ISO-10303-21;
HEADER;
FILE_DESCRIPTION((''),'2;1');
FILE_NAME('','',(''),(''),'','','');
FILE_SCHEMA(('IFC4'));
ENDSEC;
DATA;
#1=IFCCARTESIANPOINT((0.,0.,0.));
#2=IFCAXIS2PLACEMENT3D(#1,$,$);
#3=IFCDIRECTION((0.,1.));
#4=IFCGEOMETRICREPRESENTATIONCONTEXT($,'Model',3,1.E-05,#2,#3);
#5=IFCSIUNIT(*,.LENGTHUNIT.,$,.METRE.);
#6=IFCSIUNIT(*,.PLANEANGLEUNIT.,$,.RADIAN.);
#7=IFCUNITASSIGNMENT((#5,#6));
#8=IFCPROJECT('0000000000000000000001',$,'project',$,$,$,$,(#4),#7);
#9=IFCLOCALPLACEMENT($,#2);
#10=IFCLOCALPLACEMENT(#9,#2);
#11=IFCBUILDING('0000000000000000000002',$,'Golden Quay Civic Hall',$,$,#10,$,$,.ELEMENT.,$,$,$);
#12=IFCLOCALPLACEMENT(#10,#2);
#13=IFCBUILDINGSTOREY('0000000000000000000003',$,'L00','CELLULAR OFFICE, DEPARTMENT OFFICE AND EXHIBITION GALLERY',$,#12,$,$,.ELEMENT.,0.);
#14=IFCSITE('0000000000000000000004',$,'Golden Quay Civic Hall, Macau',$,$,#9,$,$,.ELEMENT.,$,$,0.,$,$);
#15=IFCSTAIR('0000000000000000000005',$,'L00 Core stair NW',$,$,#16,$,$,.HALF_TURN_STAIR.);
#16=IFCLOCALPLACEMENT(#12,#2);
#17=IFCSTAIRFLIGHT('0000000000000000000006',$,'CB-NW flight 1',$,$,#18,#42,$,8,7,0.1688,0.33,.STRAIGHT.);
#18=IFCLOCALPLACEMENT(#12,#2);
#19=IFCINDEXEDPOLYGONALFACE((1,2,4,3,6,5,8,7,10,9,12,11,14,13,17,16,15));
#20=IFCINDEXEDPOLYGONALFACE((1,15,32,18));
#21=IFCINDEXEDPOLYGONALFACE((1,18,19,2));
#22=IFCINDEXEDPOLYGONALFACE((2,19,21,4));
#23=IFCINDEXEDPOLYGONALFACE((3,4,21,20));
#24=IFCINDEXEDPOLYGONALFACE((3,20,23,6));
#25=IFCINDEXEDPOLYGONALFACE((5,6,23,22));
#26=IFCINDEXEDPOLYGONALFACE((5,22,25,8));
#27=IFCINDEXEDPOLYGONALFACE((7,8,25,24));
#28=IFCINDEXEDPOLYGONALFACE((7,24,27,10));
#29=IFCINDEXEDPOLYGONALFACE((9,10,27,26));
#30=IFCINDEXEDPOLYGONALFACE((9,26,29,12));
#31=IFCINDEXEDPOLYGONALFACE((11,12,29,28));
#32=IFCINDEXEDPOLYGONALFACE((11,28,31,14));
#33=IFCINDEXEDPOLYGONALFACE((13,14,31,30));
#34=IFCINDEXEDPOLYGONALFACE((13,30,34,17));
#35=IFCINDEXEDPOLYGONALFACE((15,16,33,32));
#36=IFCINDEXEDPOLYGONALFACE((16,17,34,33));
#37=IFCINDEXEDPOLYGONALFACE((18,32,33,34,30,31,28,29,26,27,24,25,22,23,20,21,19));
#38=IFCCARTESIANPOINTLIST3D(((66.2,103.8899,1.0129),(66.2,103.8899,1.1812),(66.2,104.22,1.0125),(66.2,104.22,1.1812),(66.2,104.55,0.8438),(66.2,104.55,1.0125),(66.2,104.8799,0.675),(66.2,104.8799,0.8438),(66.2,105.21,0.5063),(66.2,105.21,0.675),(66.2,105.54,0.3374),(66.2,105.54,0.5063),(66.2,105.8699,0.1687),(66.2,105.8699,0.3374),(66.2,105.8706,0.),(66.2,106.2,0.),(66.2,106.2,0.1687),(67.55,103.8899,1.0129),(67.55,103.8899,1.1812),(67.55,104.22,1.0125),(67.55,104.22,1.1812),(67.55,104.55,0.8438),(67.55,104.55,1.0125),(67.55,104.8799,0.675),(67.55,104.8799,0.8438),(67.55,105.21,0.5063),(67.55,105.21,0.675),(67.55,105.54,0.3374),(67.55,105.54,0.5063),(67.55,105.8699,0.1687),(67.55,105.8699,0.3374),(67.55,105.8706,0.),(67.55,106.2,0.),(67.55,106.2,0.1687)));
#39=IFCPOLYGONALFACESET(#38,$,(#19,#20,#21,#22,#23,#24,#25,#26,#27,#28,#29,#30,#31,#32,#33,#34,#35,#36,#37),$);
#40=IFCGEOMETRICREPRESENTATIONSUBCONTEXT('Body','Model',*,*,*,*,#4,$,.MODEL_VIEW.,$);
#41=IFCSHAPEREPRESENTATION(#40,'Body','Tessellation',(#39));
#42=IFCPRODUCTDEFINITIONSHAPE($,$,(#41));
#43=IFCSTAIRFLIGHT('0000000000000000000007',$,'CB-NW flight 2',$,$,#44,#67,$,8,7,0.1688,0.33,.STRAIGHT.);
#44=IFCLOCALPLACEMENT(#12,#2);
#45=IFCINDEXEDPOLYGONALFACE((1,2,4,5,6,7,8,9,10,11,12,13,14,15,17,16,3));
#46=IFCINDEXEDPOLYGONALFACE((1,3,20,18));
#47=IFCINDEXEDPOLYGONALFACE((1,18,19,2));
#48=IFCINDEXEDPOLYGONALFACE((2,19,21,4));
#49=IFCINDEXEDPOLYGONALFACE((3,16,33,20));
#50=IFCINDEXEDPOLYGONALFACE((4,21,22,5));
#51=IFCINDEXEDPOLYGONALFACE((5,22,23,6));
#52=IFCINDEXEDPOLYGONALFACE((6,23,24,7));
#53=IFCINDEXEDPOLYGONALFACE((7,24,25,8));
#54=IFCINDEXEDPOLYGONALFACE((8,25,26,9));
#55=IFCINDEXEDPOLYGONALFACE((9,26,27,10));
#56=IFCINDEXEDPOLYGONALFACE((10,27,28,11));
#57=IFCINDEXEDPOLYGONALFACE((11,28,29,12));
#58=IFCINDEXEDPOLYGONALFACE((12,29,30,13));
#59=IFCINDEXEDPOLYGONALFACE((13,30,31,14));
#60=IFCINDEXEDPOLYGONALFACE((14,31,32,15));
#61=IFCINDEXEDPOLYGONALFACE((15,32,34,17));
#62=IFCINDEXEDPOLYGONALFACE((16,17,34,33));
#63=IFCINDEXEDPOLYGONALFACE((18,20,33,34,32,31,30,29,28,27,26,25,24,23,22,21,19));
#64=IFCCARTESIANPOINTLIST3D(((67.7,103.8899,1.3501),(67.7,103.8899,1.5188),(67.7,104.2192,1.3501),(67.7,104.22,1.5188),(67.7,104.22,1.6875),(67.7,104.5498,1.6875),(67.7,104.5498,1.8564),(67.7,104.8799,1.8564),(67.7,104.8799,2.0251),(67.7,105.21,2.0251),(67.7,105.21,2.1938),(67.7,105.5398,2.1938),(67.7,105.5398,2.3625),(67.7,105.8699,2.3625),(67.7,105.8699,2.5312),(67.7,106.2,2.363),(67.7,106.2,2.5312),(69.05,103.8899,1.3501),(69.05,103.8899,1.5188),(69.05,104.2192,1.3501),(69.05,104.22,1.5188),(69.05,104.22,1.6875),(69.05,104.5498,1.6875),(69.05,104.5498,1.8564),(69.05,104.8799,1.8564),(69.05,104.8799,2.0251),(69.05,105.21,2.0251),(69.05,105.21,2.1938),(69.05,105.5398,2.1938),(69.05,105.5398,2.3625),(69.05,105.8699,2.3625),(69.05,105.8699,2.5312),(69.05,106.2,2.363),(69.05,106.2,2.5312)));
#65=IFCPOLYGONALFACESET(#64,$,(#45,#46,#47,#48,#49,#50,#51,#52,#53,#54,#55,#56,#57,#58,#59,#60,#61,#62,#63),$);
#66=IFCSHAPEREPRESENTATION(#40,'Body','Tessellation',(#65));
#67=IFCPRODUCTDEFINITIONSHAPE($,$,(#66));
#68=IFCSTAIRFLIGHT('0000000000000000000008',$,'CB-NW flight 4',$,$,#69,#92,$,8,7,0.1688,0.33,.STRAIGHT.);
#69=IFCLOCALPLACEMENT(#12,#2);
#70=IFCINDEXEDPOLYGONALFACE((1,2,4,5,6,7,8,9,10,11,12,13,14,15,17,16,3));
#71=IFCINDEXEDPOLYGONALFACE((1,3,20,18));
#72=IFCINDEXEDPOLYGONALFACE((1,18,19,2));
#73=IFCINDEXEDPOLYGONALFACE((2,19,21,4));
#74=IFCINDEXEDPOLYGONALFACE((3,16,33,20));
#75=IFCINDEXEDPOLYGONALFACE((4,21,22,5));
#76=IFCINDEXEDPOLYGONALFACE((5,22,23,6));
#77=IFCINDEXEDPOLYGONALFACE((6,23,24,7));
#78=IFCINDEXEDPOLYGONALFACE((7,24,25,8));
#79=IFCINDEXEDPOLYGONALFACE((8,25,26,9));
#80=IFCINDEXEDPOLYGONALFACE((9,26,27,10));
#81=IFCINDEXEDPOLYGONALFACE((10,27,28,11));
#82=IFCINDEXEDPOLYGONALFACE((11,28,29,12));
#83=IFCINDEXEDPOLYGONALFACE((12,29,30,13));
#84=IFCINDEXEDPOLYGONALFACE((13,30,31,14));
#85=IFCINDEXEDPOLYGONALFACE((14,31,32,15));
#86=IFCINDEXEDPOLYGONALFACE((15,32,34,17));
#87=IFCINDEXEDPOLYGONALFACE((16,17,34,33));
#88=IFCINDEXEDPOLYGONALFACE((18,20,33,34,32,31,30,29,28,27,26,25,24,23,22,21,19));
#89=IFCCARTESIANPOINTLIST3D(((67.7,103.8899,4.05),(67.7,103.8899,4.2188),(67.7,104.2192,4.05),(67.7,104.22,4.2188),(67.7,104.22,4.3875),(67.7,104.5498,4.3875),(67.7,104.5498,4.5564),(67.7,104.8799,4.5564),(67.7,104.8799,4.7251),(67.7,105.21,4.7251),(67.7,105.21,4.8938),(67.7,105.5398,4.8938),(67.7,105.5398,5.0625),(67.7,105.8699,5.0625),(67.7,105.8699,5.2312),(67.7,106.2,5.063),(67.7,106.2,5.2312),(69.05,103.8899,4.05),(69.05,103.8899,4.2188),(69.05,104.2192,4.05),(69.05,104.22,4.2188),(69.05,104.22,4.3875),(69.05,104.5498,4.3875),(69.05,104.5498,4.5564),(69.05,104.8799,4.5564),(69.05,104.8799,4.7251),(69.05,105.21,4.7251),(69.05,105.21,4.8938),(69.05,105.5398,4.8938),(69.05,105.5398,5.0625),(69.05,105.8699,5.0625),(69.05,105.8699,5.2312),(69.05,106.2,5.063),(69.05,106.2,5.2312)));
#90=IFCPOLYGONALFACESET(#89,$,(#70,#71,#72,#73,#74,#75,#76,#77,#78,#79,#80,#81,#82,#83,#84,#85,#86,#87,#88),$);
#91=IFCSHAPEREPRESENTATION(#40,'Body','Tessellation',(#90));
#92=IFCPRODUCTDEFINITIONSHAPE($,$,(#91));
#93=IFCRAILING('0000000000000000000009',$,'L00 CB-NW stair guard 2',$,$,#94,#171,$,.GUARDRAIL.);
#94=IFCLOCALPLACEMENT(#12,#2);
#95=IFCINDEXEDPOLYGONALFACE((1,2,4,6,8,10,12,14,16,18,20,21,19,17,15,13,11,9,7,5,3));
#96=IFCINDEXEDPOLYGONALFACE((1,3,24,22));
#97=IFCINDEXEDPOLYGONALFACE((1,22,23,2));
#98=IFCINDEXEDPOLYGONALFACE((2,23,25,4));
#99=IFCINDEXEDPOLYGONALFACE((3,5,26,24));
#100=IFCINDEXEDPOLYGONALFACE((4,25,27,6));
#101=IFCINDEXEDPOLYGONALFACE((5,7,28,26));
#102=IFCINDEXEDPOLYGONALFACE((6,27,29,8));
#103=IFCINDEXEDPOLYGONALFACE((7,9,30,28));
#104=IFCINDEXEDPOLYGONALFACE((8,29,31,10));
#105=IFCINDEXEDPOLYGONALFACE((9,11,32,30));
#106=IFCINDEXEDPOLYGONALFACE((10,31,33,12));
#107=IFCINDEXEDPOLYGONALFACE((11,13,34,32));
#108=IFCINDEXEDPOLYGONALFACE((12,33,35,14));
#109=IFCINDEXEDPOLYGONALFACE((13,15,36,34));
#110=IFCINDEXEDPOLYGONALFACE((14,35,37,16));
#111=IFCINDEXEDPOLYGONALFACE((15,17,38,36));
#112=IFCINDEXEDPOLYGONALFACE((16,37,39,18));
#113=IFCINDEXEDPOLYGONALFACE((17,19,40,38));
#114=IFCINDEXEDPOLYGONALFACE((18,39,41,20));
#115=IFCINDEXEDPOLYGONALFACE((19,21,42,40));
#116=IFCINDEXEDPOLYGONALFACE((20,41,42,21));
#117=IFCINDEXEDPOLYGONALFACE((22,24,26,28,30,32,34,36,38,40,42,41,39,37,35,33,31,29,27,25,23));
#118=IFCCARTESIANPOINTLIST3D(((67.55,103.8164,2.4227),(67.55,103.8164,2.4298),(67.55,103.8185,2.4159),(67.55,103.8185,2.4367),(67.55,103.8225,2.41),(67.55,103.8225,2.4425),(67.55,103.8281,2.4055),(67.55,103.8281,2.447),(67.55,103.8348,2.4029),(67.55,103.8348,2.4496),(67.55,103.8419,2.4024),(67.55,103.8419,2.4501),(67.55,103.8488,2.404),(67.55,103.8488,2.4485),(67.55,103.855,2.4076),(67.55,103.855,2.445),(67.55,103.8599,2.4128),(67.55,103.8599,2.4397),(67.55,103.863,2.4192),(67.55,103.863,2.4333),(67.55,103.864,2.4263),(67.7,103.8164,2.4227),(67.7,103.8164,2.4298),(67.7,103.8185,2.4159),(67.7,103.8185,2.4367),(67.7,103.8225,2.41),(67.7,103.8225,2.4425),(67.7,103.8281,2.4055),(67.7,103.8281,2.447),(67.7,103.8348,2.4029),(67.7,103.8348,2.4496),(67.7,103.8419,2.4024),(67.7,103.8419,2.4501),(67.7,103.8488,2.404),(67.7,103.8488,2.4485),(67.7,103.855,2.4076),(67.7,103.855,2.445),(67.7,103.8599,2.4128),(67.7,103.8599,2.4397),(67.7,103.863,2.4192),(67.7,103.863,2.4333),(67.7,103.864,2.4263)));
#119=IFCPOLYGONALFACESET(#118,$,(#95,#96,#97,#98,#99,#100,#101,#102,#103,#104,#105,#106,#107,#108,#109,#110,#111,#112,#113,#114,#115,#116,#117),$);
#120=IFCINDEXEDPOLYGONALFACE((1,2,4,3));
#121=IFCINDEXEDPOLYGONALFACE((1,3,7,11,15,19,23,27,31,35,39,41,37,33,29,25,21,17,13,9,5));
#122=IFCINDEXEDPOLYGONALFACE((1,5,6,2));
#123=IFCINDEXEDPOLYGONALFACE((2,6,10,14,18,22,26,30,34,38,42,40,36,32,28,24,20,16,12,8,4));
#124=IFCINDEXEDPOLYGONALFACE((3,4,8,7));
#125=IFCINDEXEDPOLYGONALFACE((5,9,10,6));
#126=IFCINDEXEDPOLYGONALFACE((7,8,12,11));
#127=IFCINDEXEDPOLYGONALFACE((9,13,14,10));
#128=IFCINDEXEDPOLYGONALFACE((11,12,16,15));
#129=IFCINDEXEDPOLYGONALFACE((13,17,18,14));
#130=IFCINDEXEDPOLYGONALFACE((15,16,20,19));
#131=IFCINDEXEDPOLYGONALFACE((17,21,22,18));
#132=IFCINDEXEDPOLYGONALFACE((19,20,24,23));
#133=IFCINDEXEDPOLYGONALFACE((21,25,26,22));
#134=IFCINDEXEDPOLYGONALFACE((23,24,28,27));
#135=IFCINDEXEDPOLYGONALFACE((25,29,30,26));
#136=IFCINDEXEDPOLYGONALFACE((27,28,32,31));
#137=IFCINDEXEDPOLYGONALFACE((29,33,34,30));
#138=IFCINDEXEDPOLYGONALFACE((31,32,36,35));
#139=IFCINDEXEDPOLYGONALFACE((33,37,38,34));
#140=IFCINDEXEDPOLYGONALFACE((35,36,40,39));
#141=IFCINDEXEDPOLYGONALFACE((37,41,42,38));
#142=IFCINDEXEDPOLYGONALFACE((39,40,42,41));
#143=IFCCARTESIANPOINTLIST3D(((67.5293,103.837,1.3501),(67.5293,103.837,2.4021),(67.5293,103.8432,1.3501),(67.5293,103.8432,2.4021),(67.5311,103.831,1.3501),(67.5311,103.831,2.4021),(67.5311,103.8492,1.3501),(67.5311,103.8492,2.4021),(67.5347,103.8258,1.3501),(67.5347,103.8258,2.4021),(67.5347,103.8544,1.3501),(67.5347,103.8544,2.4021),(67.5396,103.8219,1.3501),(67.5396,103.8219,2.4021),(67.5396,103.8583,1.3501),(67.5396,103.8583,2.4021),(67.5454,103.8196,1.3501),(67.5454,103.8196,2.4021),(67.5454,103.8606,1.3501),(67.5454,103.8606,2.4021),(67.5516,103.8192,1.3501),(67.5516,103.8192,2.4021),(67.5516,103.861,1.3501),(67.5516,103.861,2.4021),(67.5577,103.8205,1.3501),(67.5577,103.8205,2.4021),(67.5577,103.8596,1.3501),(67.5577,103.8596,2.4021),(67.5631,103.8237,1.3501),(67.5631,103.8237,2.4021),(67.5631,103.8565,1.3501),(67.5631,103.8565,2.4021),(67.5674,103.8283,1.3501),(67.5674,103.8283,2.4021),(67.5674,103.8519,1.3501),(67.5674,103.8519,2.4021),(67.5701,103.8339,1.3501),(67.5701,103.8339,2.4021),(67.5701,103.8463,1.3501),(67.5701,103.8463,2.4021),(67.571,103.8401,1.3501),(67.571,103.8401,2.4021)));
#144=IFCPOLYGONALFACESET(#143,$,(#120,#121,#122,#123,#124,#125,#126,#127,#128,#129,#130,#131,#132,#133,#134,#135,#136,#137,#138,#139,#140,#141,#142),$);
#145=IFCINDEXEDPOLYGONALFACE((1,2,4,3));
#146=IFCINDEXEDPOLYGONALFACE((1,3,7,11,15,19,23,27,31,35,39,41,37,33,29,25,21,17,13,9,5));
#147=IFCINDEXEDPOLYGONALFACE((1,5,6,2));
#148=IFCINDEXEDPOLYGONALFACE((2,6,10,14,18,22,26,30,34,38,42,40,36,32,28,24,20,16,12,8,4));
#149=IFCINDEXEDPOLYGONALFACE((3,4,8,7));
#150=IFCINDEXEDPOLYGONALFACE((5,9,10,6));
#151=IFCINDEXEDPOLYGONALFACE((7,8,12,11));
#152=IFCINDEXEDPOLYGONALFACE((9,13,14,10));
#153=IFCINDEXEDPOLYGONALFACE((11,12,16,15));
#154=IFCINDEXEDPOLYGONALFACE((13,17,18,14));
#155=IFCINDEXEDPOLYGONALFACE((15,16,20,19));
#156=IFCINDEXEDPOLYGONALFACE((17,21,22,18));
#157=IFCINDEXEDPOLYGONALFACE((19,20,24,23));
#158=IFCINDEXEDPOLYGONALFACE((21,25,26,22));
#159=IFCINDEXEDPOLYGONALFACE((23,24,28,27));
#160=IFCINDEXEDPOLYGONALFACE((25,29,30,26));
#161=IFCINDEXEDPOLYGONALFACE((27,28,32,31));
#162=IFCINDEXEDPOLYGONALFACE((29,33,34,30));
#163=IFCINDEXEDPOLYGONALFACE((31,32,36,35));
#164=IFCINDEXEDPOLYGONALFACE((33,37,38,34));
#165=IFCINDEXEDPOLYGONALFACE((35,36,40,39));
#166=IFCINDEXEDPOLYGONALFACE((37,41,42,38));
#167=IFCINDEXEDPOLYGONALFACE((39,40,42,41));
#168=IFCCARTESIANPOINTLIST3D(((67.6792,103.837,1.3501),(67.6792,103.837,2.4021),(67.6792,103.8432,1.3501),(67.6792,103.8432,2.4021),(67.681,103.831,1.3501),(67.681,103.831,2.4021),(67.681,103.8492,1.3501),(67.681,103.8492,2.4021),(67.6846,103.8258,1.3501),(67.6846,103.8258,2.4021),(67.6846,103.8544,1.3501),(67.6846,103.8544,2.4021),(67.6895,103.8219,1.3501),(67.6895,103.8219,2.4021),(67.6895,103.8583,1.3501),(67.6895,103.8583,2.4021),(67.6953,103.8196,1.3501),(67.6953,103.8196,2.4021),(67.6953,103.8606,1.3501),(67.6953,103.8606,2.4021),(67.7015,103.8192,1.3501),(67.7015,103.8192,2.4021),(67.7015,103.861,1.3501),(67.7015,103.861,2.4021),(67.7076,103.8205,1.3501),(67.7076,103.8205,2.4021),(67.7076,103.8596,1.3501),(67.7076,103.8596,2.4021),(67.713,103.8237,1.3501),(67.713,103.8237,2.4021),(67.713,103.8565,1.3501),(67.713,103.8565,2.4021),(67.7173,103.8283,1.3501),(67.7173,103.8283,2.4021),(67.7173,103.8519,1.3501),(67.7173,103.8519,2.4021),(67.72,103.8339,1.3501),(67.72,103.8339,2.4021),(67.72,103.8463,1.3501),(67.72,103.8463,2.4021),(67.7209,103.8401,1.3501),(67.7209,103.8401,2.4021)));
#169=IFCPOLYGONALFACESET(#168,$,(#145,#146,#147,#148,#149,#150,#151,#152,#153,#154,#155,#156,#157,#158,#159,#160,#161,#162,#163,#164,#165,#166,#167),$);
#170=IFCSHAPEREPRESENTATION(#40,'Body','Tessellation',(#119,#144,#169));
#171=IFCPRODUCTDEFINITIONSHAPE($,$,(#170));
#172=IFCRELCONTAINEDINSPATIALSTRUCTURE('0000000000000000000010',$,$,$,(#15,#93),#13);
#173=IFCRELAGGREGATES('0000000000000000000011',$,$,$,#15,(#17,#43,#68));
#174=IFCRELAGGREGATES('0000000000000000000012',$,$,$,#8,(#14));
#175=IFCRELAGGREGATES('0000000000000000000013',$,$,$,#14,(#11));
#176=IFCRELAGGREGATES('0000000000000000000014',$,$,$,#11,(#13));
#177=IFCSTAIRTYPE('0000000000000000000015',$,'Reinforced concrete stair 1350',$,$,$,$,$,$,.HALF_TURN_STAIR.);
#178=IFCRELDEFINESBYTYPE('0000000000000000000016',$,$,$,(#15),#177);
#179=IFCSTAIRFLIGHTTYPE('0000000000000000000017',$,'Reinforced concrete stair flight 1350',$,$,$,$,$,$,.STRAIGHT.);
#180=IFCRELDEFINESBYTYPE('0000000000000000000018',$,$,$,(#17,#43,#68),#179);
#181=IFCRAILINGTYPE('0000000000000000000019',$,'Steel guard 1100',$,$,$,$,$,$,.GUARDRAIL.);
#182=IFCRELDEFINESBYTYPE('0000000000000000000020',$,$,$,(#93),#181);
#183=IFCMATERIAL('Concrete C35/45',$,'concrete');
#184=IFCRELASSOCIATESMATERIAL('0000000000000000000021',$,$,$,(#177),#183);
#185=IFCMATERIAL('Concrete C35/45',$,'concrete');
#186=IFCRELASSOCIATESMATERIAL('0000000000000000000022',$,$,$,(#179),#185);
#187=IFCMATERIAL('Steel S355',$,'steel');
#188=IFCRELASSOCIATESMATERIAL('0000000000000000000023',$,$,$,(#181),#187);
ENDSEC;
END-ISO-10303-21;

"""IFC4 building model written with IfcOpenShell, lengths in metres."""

from ifc_helpers import new_model, si_unit, direction, frame, origin, origin_2d, place, context, subcontext, project, spatial, polyline, circle, outline, extrude, material, type_object, element, aggregate, save


model = new_model("IFC4")

# Units and contexts
model_context = context("Model", 3, precision=1e-05, world=origin(), true_north=direction((0.0, 1.0)))
body_context = subcontext(model_context, "Body", "Model", "MODEL_VIEW")
ifc_project = project(units=[si_unit("LENGTHUNIT", "METRE"), si_unit("PLANEANGLEUNIT", "RADIAN")], contexts=[model_context])

# Site, building, storey
site_placement = place(None, origin())
site = spatial("IfcSite", under=ifc_project, at=site_placement, Name="Golden Quay Civic Hall, Macau", CompositionType="ELEMENT", RefElevation=0.0)
building_placement = place(site_placement, origin())
building = spatial("IfcBuilding", under=site, at=building_placement, Name="Golden Quay Civic Hall", CompositionType="ELEMENT")
storey_placement = place(building_placement, origin())
storey = spatial("IfcBuildingStorey", under=building, at=storey_placement, Name="L00", Description="CELLULAR OFFICE, DEPARTMENT OFFICE AND EXHIBITION GALLERY", CompositionType="ELEMENT", Elevation=0.0)

# Stair, stair flights
ifc_material_1 = material(Name="Concrete C35/45", Category="concrete")
stair_type = type_object("IfcStairType", Name="Reinforced concrete stair 1350", PredefinedType="HALF_TURN_STAIR", material=ifc_material_1)
stair_placement = place(storey_placement, origin())
stair = element("IfcStair", 1, at=stair_placement, inside=storey, type_object=stair_type, Name="L00 Core stair NW", PredefinedType="HALF_TURN_STAIR")
ifc_material_2 = material(Name="Concrete C35/45", Category="concrete")
stair_flight_type = type_object("IfcStairFlightType", Name="Reinforced concrete stair flight 1350", PredefinedType="STRAIGHT", material=ifc_material_2)
stair_flight_1_placement = place(storey_placement, frame((66.875, 106.2, 0.0), z_axis=(0.0, 0.0, 1.0), x_axis=(0.0, -1.0, 0.0)))
stair_flight_1 = element("IfcStairFlight", 2, at=stair_flight_1_placement, type_object=stair_flight_type, Name="CB-NW flight 1", NumberOfRisers=8, NumberOfTreads=7, PredefinedType="STRAIGHT", RiserHeight=0.1688, TreadLength=0.33, context=body_context, shape_type="SweptSolid", body=[
    extrude(outline(polyline([(0.0, 0.0), (0.0, 0.1687), (0.3301, 0.1687), (0.3301, 0.3374), (0.6599, 0.3374), (0.6599, 0.5063), (0.99, 0.5063), (0.99, 0.675), (1.3201, 0.675), (1.3201, 0.8438), (1.6499, 0.8438), (1.6499, 1.0125), (1.98, 1.0125), (1.98, 1.1812), (2.3101, 1.1812), (2.3101, 1.3501), (2.3101, 1.0129), (0.3293, 0.0), (0.0, 0.0)])), frame((0.0, 0.675, 0.0), z_axis=(0.0, -1.0, 0.0), x_axis=(1.0, 0.0, 0.0)), (0.0, 0.0, 1.0), 1.35),
])
stair_flight_2_placement = place(storey_placement, frame((68.375, 103.8899, 1.3501), z_axis=(0.0, 0.0, 1.0), x_axis=(0.0, 1.0, 0.0)))
stair_flight_2 = element("IfcStairFlight", 3, at=stair_flight_2_placement, type_object=stair_flight_type, Name="CB-NW flight 2", NumberOfRisers=8, NumberOfTreads=7, PredefinedType="STRAIGHT", RiserHeight=0.1688, TreadLength=0.33, context=body_context, shape_type="SweptSolid", body=[
    extrude(outline(polyline([(0.0, 0.0), (0.0, 0.1687), (0.3301, 0.1687), (0.3301, 0.3374), (0.6599, 0.3374), (0.6599, 0.5063), (0.99, 0.5063), (0.99, 0.675), (1.3201, 0.675), (1.3201, 0.8438), (1.6499, 0.8438), (1.6499, 1.0125), (1.98, 1.0125), (1.98, 1.1812), (2.3101, 1.1812), (2.3101, 1.3501), (2.3101, 1.0129), (0.3293, 0.0), (0.0, 0.0)])), frame((0.0, 0.675, 0.0), z_axis=(0.0, -1.0, 0.0), x_axis=(1.0, 0.0, 0.0)), (0.0, 0.0, 1.0), 1.35),
])
stair_flight_3_placement = place(storey_placement, frame((68.375, 103.8899, 4.05), z_axis=(0.0, 0.0, 1.0), x_axis=(0.0, 1.0, 0.0)))
stair_flight_3 = element("IfcStairFlight", 4, at=stair_flight_3_placement, type_object=stair_flight_type, Name="CB-NW flight 4", NumberOfRisers=8, NumberOfTreads=7, PredefinedType="STRAIGHT", RiserHeight=0.1688, TreadLength=0.33, context=body_context, shape_type="SweptSolid", body=[
    extrude(outline(polyline([(0.0, 0.0), (0.0, 0.1687), (0.3301, 0.1687), (0.3301, 0.3374), (0.6599, 0.3374), (0.6599, 0.5063), (0.99, 0.5063), (0.99, 0.675), (1.3201, 0.675), (1.3201, 0.8438), (1.6499, 0.8438), (1.6499, 1.0125), (1.98, 1.0125), (1.98, 1.1812), (2.3101, 1.1812), (2.3101, 1.3501), (2.3101, 1.0129), (0.3293, 0.0), (0.0, 0.0)])), frame((0.0, 0.675, 0.0), z_axis=(0.0, -1.0, 0.0), x_axis=(1.0, 0.0, 0.0)), (0.0, 0.0, 1.0), 1.35),
])
aggregate(stair, [stair_flight_1, stair_flight_2, stair_flight_3])

# Railing
ifc_material_3 = material(Name="Steel S355", Category="steel")
railing_type_1 = type_object("IfcRailingType", Name="Steel guard 1100", PredefinedType="GUARDRAIL", material=ifc_material_3)
railing_1_placement = place(storey_placement, frame((67.55, 103.8401, 1.3501)))
element("IfcRailing", 5, at=railing_1_placement, inside=storey, type_object=railing_type_1, Name="L00 CB-NW stair guard 2", PredefinedType="GUARDRAIL", context=body_context, shape_type="SweptSolid", body=[
    extrude(circle(Radius=0.0239, at=origin_2d()), frame((0.0, 0.0, 1.0762), z_axis=(1.0, 0.0, 0.0), x_axis=(0.0, 1.0, 0.0)), (0.0, 0.0, 1.0), 0.1499),
    extrude(circle(Radius=0.021, at=origin_2d()), origin(), (0.0, 0.0, 1.0), 1.052),
    extrude(circle(Radius=0.021, at=origin_2d()), frame((0.1499, 0.0, 0.0)), (0.0, 0.0, 1.0), 1.052),
])

save(model, "model.ifc")
